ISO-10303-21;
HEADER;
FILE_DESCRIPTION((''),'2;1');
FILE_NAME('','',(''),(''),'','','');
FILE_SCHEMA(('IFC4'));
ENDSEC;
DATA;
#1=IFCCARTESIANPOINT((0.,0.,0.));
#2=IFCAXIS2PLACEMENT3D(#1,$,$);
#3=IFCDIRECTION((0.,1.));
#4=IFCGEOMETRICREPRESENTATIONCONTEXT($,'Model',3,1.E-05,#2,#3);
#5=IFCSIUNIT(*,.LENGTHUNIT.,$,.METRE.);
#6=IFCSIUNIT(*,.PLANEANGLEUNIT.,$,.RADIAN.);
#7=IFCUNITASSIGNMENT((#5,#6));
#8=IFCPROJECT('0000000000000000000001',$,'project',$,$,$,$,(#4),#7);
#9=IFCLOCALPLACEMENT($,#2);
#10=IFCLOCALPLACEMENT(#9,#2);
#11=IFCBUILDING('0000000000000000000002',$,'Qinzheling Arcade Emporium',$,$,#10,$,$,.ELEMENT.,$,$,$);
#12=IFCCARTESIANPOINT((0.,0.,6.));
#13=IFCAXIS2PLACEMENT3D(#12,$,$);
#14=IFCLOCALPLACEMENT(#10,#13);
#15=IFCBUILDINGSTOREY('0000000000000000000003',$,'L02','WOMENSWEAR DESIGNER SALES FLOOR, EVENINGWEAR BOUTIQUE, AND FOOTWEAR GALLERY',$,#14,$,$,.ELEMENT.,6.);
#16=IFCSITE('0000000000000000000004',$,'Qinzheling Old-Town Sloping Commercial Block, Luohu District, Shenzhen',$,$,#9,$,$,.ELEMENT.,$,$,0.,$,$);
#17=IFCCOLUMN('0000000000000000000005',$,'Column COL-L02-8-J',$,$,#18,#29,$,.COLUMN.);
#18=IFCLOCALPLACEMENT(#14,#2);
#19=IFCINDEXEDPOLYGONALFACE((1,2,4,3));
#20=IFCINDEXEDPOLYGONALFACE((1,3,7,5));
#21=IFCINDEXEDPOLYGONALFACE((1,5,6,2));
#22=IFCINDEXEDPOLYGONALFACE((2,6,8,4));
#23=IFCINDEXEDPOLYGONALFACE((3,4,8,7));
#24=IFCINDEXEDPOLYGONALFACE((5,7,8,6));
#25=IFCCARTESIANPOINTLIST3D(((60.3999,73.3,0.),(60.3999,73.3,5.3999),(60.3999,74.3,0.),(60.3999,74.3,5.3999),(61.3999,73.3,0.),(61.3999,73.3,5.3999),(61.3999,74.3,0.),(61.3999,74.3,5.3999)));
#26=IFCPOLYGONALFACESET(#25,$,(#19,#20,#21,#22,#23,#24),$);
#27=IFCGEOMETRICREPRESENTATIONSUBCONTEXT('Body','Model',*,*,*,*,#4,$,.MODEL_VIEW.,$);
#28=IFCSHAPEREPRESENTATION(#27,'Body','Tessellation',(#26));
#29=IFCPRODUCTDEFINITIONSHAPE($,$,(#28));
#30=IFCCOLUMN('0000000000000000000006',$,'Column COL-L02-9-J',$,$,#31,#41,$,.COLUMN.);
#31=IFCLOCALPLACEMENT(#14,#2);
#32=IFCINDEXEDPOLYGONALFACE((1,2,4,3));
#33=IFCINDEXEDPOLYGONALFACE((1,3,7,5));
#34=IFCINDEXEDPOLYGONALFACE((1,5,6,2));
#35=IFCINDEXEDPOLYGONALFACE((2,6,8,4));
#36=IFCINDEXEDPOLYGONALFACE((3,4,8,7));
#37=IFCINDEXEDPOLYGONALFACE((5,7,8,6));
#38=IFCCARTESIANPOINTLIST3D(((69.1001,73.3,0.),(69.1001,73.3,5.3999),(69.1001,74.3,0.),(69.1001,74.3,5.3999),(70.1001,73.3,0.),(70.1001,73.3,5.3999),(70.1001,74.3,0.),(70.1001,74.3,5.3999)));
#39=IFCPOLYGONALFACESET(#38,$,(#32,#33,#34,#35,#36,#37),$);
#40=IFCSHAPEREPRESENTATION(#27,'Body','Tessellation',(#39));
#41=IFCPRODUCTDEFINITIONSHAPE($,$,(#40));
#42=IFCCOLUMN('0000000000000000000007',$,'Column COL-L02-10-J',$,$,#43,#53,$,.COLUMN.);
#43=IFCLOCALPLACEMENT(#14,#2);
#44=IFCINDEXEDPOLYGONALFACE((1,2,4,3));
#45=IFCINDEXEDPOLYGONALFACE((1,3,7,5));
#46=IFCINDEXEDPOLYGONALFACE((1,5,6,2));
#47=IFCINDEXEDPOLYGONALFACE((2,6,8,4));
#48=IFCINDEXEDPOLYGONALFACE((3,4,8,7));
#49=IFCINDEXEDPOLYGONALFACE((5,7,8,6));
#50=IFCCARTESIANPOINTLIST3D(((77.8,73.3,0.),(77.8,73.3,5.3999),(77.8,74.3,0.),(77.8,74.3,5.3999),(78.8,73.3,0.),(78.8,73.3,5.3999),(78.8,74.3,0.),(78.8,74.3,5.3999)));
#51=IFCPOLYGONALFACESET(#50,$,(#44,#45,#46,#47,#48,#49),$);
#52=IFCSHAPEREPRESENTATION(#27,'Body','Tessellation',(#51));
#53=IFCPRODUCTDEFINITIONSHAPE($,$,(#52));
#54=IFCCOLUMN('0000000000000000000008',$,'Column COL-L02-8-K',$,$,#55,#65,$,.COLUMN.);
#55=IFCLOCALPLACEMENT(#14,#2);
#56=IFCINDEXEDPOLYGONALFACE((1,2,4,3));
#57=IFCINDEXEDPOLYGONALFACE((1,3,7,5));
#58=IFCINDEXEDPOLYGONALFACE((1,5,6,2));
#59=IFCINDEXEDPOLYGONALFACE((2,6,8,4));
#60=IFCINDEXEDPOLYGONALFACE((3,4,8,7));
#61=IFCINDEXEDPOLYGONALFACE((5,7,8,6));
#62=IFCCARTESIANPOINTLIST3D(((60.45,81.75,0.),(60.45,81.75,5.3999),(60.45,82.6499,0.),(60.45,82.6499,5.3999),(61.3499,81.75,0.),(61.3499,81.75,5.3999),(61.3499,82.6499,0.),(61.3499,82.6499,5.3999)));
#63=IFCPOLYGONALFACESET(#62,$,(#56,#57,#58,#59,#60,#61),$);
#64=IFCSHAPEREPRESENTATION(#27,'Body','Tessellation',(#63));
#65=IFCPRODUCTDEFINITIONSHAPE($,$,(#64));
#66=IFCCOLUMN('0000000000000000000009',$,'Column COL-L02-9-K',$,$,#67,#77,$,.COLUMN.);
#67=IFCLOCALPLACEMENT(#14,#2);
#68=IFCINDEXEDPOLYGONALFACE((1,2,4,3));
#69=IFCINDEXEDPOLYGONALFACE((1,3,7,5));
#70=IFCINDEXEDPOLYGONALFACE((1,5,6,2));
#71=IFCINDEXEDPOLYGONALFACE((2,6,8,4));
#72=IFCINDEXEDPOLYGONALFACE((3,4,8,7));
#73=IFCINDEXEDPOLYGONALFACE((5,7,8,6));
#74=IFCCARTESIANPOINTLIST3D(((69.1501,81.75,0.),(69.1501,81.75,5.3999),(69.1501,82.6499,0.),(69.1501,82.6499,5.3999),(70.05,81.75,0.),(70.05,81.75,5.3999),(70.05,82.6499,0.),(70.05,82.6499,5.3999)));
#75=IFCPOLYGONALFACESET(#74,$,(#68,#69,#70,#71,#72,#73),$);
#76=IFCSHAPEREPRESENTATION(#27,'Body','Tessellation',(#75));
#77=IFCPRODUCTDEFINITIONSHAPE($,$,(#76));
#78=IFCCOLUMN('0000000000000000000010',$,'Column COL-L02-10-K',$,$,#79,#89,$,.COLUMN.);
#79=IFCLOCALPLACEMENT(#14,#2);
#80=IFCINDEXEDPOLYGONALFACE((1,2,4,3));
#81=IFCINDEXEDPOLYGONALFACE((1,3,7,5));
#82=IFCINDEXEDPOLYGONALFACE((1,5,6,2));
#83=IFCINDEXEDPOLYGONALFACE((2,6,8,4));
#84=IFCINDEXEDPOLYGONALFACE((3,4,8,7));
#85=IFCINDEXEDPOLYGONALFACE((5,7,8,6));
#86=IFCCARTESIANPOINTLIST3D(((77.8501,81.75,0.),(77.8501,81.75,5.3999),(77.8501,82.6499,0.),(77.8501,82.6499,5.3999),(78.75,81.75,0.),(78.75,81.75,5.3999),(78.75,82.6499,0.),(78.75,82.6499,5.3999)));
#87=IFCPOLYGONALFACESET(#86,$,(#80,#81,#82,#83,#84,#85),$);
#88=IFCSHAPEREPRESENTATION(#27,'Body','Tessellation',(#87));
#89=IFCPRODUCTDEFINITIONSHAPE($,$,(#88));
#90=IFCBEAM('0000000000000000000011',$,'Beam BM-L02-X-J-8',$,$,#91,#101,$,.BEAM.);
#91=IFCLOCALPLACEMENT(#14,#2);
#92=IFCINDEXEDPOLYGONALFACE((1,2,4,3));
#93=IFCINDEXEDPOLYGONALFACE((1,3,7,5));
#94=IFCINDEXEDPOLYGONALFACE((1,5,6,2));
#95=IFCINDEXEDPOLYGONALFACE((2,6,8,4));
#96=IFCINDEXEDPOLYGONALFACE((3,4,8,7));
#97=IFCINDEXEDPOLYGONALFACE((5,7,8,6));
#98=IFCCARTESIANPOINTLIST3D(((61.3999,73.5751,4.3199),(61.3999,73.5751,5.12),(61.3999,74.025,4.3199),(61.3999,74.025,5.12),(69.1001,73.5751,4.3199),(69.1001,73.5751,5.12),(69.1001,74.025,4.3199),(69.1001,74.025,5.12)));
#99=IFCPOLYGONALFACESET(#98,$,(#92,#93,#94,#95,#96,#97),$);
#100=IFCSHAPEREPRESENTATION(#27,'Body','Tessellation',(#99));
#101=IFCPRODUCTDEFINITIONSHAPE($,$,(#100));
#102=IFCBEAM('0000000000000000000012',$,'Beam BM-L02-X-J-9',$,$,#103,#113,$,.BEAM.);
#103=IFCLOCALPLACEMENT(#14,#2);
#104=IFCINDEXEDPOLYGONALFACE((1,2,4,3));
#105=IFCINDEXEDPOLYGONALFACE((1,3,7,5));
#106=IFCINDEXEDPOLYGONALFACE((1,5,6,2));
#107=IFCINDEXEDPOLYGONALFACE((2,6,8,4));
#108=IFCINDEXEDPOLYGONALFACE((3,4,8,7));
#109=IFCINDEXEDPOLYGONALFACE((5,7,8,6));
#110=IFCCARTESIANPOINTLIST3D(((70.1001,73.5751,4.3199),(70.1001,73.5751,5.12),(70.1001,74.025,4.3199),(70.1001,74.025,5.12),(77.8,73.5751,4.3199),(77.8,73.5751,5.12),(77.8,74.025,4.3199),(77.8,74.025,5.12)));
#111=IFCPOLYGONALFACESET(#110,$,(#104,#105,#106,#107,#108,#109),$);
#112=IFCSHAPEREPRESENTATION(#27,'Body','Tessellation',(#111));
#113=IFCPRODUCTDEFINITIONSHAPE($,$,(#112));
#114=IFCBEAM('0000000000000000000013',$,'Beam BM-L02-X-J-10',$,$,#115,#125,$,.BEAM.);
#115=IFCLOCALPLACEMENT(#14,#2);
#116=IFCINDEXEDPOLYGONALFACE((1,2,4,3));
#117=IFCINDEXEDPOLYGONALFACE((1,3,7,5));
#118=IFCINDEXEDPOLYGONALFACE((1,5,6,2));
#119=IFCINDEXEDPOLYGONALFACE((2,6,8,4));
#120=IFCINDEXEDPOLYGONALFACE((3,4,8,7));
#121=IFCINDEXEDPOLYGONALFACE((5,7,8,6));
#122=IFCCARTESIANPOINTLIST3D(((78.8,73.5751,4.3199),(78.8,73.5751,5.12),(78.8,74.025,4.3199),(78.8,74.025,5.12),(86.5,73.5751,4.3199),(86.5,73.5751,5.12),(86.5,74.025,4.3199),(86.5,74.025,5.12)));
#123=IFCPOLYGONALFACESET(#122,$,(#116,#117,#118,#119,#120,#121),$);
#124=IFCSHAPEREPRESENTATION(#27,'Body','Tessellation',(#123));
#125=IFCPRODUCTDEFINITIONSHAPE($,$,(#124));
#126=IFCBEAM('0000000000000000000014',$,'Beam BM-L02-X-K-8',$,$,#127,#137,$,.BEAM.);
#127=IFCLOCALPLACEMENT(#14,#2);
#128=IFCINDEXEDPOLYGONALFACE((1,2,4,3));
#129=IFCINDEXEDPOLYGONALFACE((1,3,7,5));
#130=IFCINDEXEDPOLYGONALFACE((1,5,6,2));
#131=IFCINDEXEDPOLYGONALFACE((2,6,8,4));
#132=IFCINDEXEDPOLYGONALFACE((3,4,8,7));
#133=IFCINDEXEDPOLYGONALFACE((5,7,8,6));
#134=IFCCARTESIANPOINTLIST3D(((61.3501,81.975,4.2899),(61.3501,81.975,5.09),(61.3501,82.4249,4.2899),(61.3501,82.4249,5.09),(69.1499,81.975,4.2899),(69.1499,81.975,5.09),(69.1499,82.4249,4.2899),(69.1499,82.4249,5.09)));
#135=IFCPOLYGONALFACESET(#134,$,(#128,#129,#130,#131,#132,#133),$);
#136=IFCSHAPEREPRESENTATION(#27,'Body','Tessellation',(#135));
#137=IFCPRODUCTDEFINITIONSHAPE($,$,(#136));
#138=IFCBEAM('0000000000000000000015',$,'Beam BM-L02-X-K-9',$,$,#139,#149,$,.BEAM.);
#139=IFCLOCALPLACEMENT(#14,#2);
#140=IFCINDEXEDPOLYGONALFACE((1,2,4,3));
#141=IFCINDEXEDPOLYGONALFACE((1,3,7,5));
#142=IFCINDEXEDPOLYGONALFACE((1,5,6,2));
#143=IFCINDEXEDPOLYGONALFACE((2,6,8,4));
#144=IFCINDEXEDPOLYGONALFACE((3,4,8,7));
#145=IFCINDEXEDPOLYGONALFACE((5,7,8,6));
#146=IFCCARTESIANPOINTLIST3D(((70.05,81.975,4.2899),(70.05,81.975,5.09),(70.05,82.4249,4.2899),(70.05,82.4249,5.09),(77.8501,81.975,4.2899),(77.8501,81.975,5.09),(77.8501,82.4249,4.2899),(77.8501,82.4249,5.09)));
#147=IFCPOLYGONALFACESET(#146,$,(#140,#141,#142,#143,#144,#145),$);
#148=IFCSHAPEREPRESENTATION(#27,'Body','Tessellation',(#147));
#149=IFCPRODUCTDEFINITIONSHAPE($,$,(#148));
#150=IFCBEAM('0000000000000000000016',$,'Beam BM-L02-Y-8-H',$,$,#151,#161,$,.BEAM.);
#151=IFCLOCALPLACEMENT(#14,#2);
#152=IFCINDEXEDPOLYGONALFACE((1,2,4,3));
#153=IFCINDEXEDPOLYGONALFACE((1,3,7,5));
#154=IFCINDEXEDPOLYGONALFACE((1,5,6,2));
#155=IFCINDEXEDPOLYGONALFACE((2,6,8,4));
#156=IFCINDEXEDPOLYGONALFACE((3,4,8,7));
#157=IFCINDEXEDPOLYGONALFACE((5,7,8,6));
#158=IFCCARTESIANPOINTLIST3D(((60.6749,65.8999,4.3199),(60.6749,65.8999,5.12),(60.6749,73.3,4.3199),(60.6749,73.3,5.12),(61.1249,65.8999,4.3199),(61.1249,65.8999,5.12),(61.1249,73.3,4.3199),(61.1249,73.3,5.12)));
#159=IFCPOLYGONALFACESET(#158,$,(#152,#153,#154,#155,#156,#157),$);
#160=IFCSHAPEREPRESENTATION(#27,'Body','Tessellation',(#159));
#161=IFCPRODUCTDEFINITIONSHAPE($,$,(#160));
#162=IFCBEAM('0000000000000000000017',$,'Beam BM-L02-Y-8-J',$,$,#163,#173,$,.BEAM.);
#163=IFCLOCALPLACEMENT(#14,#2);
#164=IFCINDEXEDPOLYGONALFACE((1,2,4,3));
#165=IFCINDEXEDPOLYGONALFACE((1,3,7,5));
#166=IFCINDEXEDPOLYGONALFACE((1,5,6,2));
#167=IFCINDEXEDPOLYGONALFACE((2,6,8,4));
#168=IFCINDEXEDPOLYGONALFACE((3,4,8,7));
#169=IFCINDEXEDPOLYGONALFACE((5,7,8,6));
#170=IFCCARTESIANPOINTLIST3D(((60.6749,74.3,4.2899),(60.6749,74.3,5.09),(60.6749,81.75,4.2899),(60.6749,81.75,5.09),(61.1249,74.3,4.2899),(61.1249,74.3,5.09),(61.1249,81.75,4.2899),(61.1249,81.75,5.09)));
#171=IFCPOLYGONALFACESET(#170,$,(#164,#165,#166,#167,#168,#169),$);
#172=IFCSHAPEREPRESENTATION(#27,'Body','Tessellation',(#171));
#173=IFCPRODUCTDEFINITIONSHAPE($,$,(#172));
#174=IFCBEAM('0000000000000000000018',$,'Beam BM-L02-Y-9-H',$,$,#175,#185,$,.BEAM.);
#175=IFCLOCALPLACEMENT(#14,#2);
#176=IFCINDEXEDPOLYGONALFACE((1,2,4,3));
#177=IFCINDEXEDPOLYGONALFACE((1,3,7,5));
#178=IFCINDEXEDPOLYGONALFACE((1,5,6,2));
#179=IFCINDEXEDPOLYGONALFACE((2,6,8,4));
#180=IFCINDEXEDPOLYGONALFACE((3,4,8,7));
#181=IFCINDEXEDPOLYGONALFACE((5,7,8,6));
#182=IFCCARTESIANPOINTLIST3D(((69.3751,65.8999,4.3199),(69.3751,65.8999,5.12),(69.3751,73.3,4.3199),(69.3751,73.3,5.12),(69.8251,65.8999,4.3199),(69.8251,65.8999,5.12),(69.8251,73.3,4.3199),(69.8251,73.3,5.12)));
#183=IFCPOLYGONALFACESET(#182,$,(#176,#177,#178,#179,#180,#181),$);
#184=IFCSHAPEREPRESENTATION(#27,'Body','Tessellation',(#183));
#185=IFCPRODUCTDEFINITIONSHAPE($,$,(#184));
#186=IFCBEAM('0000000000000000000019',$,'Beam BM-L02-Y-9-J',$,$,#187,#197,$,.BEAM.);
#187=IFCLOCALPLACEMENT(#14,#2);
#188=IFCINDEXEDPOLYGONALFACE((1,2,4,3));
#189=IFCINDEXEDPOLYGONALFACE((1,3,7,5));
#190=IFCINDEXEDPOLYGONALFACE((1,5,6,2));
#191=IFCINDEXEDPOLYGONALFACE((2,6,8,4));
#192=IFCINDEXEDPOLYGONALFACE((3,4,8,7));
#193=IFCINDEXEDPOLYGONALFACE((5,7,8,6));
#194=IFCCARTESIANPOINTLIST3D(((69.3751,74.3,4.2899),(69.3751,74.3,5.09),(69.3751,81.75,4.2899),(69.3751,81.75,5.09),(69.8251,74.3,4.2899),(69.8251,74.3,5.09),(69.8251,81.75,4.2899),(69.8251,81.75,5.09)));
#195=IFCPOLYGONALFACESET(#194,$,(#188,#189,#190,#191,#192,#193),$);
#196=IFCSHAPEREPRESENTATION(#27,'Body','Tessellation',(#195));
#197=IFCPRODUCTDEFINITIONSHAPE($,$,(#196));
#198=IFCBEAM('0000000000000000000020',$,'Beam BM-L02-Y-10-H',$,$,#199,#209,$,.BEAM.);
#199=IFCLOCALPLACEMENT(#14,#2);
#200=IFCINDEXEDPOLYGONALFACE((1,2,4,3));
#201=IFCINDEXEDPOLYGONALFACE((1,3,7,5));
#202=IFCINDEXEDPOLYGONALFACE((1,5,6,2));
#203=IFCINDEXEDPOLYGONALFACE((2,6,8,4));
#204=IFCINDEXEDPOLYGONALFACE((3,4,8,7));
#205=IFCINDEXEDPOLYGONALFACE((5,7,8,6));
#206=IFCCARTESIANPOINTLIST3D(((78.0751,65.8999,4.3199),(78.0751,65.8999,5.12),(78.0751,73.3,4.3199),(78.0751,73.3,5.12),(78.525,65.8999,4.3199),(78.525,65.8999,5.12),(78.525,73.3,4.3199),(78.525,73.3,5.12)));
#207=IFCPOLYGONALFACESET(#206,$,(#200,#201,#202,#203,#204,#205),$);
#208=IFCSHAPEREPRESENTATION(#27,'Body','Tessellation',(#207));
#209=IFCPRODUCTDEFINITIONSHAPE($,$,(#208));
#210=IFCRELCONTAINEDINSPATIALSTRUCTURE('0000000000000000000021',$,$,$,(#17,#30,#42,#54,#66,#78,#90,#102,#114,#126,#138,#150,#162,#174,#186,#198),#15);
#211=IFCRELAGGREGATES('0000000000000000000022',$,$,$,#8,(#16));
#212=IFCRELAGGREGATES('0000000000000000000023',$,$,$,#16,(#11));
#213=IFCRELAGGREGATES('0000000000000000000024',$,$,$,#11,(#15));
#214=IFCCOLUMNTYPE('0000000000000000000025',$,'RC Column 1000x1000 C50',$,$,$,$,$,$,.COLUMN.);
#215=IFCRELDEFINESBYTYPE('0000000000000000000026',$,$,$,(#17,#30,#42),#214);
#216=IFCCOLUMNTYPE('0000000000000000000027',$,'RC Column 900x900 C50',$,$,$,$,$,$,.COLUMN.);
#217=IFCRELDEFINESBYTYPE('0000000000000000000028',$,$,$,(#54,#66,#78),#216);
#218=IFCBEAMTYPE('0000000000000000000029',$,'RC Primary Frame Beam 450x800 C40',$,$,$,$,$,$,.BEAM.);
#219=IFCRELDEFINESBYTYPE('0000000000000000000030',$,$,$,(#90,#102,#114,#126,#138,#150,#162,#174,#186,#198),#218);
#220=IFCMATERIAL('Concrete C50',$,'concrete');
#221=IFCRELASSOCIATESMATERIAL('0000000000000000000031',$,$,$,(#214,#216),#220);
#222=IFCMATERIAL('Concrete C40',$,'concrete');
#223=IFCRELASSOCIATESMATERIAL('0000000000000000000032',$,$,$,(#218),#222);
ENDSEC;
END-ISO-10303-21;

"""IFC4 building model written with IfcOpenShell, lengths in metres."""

from ifc_helpers import new_model, si_unit, direction, frame, origin, origin_2d, place, context, subcontext, project, spatial, rectangle, extrude, material, material_profile, profile_set, type_object, element, save


model = new_model("IFC4")

# Units and contexts
model_context = context("Model", 3, precision=1e-05, world=origin(), true_north=direction((0.0, 1.0)))
body_context = subcontext(model_context, "Body", "Model", "MODEL_VIEW")
ifc_project = project(units=[si_unit("LENGTHUNIT", "METRE"), si_unit("PLANEANGLEUNIT", "RADIAN")], contexts=[model_context])

# Site, building, storey
site_placement = place(None, origin())
site = spatial("IfcSite", under=ifc_project, at=site_placement, Name="Qinzheling Old-Town Sloping Commercial Block, Luohu District, Shenzhen", CompositionType="ELEMENT", RefElevation=0.0)
building_placement = place(site_placement, origin())
building = spatial("IfcBuilding", under=site, at=building_placement, Name="Qinzheling Arcade Emporium", CompositionType="ELEMENT")
storey_placement = place(building_placement, frame((0.0, 0.0, 6.0)))
storey = spatial("IfcBuildingStorey", under=building, at=storey_placement, Name="L02", Description="WOMENSWEAR DESIGNER SALES FLOOR, EVENINGWEAR BOUTIQUE, AND FOOTWEAR GALLERY", CompositionType="ELEMENT", Elevation=6.0)

# Columns
ifc_material_1 = material(Name="Concrete C50", Category="concrete")
ifc_material_profile_1 = material_profile(ifc_material_1, rectangle(XDim=1.0, YDim=1.0, at=origin_2d()), Name="RC 1000x1000", Category="concrete")
ifc_profile_set_1 = profile_set([ifc_material_profile_1], Name="Concrete C50")
column_type_1 = type_object("IfcColumnType", Name="RC Column 1000x1000 C50", PredefinedType="COLUMN", material=ifc_profile_set_1)
for number, where, z_axis, x_axis, name in (
    (1, (60.8999, 73.8, 0.0), (0.0, 0.0, 1.0), (1.0, 0.0, 0.0), "Column COL-L02-8-J"),
    (2, (69.6001, 73.8, 0.0), (0.0, 0.0, 1.0), (1.0, 0.0, 0.0), "Column COL-L02-9-J"),
    (3, (78.3, 73.8, 0.0), (0.0, 0.0, 1.0), (1.0, 0.0, 0.0), "Column COL-L02-10-J"),
):
    element("IfcColumn", number, at=place(storey_placement, frame(where, z_axis=z_axis, x_axis=x_axis)), inside=storey, type_object=column_type_1, Name=name, PredefinedType="COLUMN", context=body_context, shape_type="SweptSolid", body=[
        extrude(rectangle(XDim=1.0, YDim=1.0, at=origin_2d()), origin(), (0.0, 0.0, 1.0), 5.3999),
    ])
ifc_material_profile_2 = material_profile(ifc_material_1, rectangle(XDim=0.8999, YDim=0.8999, at=origin_2d()), Name="RC 900x900", Category="concrete")
ifc_profile_set_2 = profile_set([ifc_material_profile_2], Name="Concrete C50")
column_type_2 = type_object("IfcColumnType", Name="RC Column 900x900 C50", PredefinedType="COLUMN", material=ifc_profile_set_2)
for number, where, z_axis, x_axis, name in (
    (4, (60.8999, 82.2, 0.0), (0.0, 0.0, 1.0), (1.0, 0.0, 0.0), "Column COL-L02-8-K"),
    (5, (69.6001, 82.2, 0.0), (0.0, 0.0, 1.0), (1.0, 0.0, 0.0), "Column COL-L02-9-K"),
    (6, (78.3, 82.2, 0.0), (0.0, 0.0, 1.0), (1.0, 0.0, 0.0), "Column COL-L02-10-K"),
):
    element("IfcColumn", number, at=place(storey_placement, frame(where, z_axis=z_axis, x_axis=x_axis)), inside=storey, type_object=column_type_2, Name=name, PredefinedType="COLUMN", context=body_context, shape_type="SweptSolid", body=[
        extrude(rectangle(XDim=0.8999, YDim=0.8999, at=origin_2d()), origin(), (0.0, 0.0, 1.0), 5.3999),
    ])

# Beams
ifc_material_2 = material(Name="Concrete C40", Category="concrete")
ifc_material_profile_3 = material_profile(ifc_material_2, rectangle(XDim=0.45, YDim=0.8, at=origin_2d()), Name="RC 450x800", Category="concrete")
ifc_profile_set_3 = profile_set([ifc_material_profile_3], Name="Concrete C40")
beam_type = type_object("IfcBeamType", Name="RC Primary Frame Beam 450x800 C40", PredefinedType="BEAM", material=ifc_profile_set_3)
beam_1_placement = place(storey_placement, frame((61.3999, 73.8, 4.72), z_axis=(1.0, 0.0, 0.0), x_axis=(0.0, 1.0, 0.0)))
element("IfcBeam", 7, at=beam_1_placement, inside=storey, type_object=beam_type, Name="Beam BM-L02-X-J-8", PredefinedType="BEAM", context=body_context, shape_type="SweptSolid", body=[
    extrude(rectangle(XDim=0.45, YDim=0.8, at=origin_2d()), origin(), (0.0, 0.0, 1.0), 7.7002),
])
for number, where, z_axis, x_axis, name in (
    (8, (70.1001, 73.8, 4.72), (1.0, 0.0, 0.0), (0.0, 1.0, 0.0), "Beam BM-L02-X-J-9"),
    (9, (78.8, 73.8, 4.72), (1.0, 0.0, 0.0), (0.0, 1.0, 0.0), "Beam BM-L02-X-J-10"),
):
    element("IfcBeam", number, at=place(storey_placement, frame(where, z_axis=z_axis, x_axis=x_axis)), inside=storey, type_object=beam_type, Name=name, PredefinedType="BEAM", context=body_context, shape_type="SweptSolid", body=[
        extrude(rectangle(XDim=0.45, YDim=0.8, at=origin_2d()), origin(), (0.0, 0.0, 1.0), 7.7),
    ])
beam_2_placement = place(storey_placement, frame((61.3501, 82.2, 4.6899), z_axis=(1.0, 0.0, 0.0), x_axis=(0.0, 1.0, 0.0)))
element("IfcBeam", 10, at=beam_2_placement, inside=storey, type_object=beam_type, Name="Beam BM-L02-X-K-8", PredefinedType="BEAM", context=body_context, shape_type="SweptSolid", body=[
    extrude(rectangle(XDim=0.45, YDim=0.8, at=origin_2d()), origin(), (0.0, 0.0, 1.0), 7.7998),
])
beam_3_placement = place(storey_placement, frame((70.05, 82.2, 4.6899), z_axis=(1.0, 0.0, 0.0), x_axis=(0.0, 1.0, 0.0)))
element("IfcBeam", 11, at=beam_3_placement, inside=storey, type_object=beam_type, Name="Beam BM-L02-X-K-9", PredefinedType="BEAM", context=body_context, shape_type="SweptSolid", body=[
    extrude(rectangle(XDim=0.45, YDim=0.8, at=origin_2d()), origin(), (0.0, 0.0, 1.0), 7.8),
])
beam_4_placement = place(storey_placement, frame((60.8999, 65.8999, 4.72), z_axis=(0.0, 1.0, 0.0), x_axis=(-1.0, 0.0, 0.0)))
element("IfcBeam", 12, at=beam_4_placement, inside=storey, type_object=beam_type, Name="Beam BM-L02-Y-8-H", PredefinedType="BEAM", context=body_context, shape_type="SweptSolid", body=[
    extrude(rectangle(XDim=0.45, YDim=0.8, at=origin_2d()), origin(), (0.0, 0.0, 1.0), 7.4001),
])
beam_5_placement = place(storey_placement, frame((60.8999, 74.3, 4.6899), z_axis=(0.0, 1.0, 0.0), x_axis=(-1.0, 0.0, 0.0)))
element("IfcBeam", 13, at=beam_5_placement, inside=storey, type_object=beam_type, Name="Beam BM-L02-Y-8-J", PredefinedType="BEAM", context=body_context, shape_type="SweptSolid", body=[
    extrude(rectangle(XDim=0.45, YDim=0.8, at=origin_2d()), origin(), (0.0, 0.0, 1.0), 7.45),
])
beam_6_placement = place(storey_placement, frame((69.6001, 65.8999, 4.72), z_axis=(0.0, 1.0, 0.0), x_axis=(-1.0, 0.0, 0.0)))
element("IfcBeam", 14, at=beam_6_placement, inside=storey, type_object=beam_type, Name="Beam BM-L02-Y-9-H", PredefinedType="BEAM", context=body_context, shape_type="SweptSolid", body=[
    extrude(rectangle(XDim=0.45, YDim=0.8, at=origin_2d()), origin(), (0.0, 0.0, 1.0), 7.4001),
])
beam_7_placement = place(storey_placement, frame((69.6001, 74.3, 4.6899), z_axis=(0.0, 1.0, 0.0), x_axis=(-1.0, 0.0, 0.0)))
element("IfcBeam", 15, at=beam_7_placement, inside=storey, type_object=beam_type, Name="Beam BM-L02-Y-9-J", PredefinedType="BEAM", context=body_context, shape_type="SweptSolid", body=[
    extrude(rectangle(XDim=0.45, YDim=0.8, at=origin_2d()), origin(), (0.0, 0.0, 1.0), 7.45),
])
beam_8_placement = place(storey_placement, frame((78.3, 65.8999, 4.72), z_axis=(0.0, 1.0, 0.0), x_axis=(-1.0, 0.0, 0.0)))
element("IfcBeam", 16, at=beam_8_placement, inside=storey, type_object=beam_type, Name="Beam BM-L02-Y-10-H", PredefinedType="BEAM", context=body_context, shape_type="SweptSolid", body=[
    extrude(rectangle(XDim=0.45, YDim=0.8, at=origin_2d()), origin(), (0.0, 0.0, 1.0), 7.4001),
])

save(model, "model.ifc")
